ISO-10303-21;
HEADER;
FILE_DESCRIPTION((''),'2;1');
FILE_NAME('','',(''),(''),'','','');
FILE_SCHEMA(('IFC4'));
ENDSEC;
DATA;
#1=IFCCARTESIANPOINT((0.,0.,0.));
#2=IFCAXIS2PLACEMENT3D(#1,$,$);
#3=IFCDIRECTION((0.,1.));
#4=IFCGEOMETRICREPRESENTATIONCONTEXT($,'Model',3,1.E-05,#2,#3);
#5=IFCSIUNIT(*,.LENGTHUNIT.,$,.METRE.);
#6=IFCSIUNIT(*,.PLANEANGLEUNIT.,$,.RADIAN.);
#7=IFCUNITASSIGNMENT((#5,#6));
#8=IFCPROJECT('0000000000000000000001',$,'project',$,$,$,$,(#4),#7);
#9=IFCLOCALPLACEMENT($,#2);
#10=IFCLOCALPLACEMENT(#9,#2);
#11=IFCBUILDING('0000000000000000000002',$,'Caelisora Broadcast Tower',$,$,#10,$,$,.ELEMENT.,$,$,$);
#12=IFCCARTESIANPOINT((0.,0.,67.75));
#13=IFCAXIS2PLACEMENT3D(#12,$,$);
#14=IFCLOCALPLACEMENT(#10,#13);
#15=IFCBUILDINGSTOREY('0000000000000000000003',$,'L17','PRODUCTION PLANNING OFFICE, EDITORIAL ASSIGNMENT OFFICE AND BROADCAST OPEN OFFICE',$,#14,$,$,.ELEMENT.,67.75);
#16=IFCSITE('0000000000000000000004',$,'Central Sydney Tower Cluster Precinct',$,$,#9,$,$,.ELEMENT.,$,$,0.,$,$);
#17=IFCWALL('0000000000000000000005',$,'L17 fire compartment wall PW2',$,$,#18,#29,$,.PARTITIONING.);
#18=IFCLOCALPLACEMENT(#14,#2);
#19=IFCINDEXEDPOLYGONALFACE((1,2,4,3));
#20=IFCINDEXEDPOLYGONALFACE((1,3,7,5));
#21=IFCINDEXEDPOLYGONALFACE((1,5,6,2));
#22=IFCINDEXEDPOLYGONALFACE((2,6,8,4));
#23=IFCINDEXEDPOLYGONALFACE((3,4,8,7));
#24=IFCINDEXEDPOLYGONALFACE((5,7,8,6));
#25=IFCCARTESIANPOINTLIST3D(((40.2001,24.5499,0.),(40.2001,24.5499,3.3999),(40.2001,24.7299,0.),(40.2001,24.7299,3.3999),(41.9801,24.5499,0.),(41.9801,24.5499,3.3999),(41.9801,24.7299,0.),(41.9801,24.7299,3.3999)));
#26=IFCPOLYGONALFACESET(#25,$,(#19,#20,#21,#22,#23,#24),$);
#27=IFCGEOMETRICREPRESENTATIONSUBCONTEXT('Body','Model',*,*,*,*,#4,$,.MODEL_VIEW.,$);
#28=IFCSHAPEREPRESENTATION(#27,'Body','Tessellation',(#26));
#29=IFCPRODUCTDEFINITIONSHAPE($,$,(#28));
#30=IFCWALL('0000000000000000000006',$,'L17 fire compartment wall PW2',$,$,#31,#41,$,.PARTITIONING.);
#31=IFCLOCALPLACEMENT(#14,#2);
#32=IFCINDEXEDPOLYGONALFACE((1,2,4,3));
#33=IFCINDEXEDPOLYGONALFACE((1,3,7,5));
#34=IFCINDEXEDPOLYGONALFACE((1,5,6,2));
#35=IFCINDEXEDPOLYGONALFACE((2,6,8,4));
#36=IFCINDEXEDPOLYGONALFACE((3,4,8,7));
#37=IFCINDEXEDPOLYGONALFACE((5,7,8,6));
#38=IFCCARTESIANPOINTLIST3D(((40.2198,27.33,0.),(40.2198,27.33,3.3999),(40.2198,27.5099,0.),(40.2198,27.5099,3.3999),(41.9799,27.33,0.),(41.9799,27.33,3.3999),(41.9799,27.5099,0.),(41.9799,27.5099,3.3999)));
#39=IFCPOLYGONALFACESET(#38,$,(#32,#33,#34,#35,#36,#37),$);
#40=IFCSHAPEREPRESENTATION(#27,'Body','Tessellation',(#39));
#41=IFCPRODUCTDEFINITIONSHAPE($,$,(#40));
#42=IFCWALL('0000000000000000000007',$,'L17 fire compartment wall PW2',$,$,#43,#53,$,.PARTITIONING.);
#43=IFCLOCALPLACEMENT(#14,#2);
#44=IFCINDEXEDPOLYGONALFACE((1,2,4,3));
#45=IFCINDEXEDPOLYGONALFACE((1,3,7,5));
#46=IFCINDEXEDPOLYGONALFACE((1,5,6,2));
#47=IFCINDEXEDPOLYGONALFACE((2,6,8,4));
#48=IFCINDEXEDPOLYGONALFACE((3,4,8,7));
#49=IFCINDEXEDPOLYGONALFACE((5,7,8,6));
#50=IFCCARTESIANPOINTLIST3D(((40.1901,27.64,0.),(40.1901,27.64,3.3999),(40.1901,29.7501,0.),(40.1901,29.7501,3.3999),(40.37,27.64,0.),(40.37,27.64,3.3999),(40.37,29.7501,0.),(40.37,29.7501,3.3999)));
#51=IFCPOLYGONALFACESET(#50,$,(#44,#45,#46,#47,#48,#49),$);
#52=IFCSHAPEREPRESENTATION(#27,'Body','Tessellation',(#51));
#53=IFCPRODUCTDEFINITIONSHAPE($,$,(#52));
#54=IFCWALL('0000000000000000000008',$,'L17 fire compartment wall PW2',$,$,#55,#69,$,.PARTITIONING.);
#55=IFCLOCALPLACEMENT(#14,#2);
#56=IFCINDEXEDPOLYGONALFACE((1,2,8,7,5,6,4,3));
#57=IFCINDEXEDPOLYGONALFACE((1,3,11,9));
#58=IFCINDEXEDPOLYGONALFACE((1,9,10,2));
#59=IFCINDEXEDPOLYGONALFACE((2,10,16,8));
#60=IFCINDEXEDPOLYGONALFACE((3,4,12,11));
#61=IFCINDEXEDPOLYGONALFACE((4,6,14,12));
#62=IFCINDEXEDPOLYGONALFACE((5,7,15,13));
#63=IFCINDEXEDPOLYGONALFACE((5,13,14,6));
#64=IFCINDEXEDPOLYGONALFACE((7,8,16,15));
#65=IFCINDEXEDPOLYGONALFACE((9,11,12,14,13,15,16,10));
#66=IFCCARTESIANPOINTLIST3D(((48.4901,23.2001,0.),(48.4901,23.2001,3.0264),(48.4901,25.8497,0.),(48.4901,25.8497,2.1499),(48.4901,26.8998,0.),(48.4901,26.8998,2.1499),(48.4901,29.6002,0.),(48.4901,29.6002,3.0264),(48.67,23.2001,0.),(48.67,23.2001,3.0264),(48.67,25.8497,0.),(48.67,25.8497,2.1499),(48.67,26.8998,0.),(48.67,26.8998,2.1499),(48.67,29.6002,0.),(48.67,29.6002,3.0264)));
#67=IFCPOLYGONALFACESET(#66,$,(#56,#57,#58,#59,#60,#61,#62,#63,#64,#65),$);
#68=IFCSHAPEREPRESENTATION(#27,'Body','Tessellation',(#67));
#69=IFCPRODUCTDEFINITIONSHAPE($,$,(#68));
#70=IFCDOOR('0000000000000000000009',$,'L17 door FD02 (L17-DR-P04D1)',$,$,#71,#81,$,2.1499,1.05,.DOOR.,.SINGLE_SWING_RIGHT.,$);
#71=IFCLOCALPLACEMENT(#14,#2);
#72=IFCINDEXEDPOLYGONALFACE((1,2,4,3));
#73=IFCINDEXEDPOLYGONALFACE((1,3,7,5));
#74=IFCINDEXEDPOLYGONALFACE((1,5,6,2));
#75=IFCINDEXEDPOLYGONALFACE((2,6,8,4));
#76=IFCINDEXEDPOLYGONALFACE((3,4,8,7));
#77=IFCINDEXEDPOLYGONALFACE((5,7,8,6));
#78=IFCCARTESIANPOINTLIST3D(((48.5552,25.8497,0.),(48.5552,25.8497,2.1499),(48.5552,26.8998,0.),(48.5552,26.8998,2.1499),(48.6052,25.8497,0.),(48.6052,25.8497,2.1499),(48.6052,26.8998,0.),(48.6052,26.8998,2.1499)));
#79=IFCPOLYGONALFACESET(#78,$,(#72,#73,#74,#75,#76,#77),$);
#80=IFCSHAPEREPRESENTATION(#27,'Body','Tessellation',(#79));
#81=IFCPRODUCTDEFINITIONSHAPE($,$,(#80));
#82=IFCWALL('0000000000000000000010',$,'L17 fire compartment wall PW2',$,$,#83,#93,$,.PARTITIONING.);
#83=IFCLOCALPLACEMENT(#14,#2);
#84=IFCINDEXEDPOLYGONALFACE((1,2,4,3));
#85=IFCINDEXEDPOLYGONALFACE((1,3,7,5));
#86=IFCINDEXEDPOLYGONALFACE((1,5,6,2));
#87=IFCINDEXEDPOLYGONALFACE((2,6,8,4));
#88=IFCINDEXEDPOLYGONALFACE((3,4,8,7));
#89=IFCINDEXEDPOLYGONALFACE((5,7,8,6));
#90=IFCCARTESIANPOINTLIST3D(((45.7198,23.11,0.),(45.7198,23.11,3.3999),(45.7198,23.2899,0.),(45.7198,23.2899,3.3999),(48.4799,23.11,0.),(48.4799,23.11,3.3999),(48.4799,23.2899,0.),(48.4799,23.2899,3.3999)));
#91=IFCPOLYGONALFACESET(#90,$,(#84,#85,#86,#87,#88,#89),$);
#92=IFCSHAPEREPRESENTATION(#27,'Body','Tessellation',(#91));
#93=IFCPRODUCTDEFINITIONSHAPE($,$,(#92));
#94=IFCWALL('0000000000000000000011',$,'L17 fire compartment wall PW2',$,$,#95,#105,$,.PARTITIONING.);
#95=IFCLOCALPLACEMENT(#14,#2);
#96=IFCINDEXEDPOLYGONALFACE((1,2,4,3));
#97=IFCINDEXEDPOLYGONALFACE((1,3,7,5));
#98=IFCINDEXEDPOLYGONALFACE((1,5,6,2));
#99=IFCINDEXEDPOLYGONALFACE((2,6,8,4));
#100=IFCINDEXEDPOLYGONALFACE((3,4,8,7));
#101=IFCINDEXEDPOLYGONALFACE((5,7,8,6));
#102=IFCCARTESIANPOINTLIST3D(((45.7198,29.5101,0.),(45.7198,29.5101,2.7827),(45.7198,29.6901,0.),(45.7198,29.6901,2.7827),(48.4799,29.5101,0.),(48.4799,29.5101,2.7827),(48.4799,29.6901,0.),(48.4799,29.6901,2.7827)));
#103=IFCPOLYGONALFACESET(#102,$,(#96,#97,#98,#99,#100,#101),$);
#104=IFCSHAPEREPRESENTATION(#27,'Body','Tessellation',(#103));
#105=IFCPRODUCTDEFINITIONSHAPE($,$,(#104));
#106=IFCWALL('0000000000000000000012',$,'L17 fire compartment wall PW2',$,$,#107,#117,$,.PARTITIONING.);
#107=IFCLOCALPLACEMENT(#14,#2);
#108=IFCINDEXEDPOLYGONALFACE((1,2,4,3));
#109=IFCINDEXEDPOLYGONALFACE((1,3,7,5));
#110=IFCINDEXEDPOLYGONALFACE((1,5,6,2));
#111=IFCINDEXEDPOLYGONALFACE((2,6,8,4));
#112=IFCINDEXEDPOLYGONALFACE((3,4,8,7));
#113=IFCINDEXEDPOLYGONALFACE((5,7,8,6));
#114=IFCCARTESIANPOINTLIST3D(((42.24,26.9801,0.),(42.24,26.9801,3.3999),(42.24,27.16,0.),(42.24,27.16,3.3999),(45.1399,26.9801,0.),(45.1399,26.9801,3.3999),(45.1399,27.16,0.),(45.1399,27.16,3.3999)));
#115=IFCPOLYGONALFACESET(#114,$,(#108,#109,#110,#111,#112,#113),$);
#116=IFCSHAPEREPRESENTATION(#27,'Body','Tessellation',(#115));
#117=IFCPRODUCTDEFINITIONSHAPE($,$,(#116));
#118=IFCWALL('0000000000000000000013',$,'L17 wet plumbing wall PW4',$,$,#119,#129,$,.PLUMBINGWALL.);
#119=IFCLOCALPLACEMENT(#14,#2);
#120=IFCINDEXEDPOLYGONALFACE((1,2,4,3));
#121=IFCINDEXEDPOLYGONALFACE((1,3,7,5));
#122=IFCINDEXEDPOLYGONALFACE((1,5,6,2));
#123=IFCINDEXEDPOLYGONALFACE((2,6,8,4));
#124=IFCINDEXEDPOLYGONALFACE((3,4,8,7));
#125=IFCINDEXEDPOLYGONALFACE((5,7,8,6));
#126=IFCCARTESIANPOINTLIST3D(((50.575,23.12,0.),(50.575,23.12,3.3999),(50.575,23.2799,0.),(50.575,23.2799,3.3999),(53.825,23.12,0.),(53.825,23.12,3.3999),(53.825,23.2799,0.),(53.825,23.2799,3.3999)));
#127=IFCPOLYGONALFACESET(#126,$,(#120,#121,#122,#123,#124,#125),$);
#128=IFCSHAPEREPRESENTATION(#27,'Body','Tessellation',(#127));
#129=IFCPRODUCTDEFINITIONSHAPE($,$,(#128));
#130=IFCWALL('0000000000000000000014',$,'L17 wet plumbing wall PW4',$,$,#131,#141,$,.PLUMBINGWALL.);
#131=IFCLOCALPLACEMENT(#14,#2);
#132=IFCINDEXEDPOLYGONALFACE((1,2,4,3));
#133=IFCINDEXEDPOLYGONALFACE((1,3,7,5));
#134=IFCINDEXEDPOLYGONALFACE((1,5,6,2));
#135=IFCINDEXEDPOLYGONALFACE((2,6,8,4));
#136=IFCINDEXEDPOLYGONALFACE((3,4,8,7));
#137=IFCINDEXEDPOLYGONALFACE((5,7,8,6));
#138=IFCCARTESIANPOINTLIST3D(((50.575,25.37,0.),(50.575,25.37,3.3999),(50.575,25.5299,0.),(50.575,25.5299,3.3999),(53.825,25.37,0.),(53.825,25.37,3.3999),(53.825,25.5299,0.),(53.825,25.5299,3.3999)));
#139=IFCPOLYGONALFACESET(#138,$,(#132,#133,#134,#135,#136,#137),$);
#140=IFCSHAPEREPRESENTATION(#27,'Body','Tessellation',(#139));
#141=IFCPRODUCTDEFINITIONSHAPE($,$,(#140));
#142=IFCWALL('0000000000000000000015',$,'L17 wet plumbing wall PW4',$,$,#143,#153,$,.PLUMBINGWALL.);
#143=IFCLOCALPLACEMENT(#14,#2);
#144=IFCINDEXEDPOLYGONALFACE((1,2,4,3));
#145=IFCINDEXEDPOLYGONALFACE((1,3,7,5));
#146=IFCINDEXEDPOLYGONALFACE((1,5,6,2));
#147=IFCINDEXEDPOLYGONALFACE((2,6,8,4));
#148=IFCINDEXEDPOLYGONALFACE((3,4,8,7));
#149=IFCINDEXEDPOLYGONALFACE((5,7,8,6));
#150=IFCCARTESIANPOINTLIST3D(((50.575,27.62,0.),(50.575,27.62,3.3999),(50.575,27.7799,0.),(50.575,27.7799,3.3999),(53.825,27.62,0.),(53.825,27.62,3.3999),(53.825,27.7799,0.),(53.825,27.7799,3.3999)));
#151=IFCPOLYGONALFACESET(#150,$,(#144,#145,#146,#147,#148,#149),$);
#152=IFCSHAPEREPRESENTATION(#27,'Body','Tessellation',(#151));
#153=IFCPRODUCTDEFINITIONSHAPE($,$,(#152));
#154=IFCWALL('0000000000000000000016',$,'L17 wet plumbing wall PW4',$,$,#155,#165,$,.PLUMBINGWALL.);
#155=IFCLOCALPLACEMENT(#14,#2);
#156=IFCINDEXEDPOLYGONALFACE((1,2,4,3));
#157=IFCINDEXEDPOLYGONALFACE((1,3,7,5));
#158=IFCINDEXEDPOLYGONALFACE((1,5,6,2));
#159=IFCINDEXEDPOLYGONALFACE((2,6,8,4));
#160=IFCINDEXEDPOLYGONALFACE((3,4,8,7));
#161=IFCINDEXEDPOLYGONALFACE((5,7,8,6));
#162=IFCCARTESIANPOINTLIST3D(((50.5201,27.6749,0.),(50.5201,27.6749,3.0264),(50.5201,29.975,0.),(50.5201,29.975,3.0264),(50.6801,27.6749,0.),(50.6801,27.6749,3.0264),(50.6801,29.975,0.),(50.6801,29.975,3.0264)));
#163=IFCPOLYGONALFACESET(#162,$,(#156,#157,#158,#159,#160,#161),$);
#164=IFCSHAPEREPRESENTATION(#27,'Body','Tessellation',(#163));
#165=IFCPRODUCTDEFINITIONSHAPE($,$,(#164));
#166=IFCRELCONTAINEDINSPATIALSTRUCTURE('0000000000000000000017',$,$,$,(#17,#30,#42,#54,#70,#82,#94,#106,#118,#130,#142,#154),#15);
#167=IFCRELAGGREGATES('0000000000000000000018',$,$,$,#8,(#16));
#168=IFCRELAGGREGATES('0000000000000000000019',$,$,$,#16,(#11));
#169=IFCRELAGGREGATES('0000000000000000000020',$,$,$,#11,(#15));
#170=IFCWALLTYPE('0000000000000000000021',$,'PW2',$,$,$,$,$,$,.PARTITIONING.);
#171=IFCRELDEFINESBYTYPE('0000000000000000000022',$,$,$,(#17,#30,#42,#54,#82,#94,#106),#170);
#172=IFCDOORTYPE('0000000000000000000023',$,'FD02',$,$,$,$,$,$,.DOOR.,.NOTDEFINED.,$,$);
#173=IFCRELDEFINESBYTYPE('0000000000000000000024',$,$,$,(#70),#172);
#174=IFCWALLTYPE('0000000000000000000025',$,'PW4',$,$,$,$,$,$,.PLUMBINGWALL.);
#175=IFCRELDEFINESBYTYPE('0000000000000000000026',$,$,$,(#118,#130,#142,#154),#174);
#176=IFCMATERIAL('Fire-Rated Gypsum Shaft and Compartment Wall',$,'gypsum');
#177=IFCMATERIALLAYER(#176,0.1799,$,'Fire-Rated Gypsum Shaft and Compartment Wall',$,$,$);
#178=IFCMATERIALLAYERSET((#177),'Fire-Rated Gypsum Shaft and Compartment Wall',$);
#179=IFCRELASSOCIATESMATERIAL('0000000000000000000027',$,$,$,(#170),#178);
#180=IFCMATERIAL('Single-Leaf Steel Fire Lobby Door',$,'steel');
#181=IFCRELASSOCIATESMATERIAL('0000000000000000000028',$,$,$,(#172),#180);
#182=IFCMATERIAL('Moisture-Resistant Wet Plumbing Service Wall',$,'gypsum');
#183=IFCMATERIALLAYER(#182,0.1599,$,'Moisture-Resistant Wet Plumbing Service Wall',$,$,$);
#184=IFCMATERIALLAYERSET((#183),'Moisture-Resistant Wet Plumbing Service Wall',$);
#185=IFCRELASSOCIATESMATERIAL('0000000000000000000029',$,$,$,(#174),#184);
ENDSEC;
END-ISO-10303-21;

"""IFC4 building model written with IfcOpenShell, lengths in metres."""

from ifc_helpers import new_model, si_unit, direction, frame, frame_2d, origin, place, context, subcontext, project, spatial, rectangle, extrude, material, layer, layer_set, type_object, element, fill, save


model = new_model("IFC4")

# Units and contexts
model_context = context("Model", 3, precision=1e-05, world=origin(), true_north=direction((0.0, 1.0)))
body_context = subcontext(model_context, "Body", "Model", "MODEL_VIEW")
ifc_project = project(units=[si_unit("LENGTHUNIT", "METRE"), si_unit("PLANEANGLEUNIT", "RADIAN")], contexts=[model_context])

# Site, building, storey
site_placement = place(None, origin())
site = spatial("IfcSite", under=ifc_project, at=site_placement, Name="Central Sydney Tower Cluster Precinct", CompositionType="ELEMENT", RefElevation=0.0)
building_placement = place(site_placement, origin())
building = spatial("IfcBuilding", under=site, at=building_placement, Name="Caelisora Broadcast Tower", CompositionType="ELEMENT")
storey_placement = place(building_placement, frame((0.0, 0.0, 67.75)))
storey = spatial("IfcBuildingStorey", under=building, at=storey_placement, Name="L17", Description="PRODUCTION PLANNING OFFICE, EDITORIAL ASSIGNMENT OFFICE AND BROADCAST OPEN OFFICE", CompositionType="ELEMENT", Elevation=67.75)

# Walls
ifc_material_1 = material(Name="Fire-Rated Gypsum Shaft and Compartment Wall", Category="gypsum")
ifc_layer_1 = layer(ifc_material_1, 0.1799, Name="Fire-Rated Gypsum Shaft and Compartment Wall")
ifc_layer_set_1 = layer_set([ifc_layer_1], Name="Fire-Rated Gypsum Shaft and Compartment Wall")
wall_type_1 = type_object("IfcWallType", Name="PW2", PredefinedType="PARTITIONING", material=ifc_layer_set_1)
wall_1_placement = place(storey_placement, frame((40.2, 24.6399, 0.0), z_axis=(0.0, 0.0, 1.0), x_axis=(1.0, 0.0, 0.0)))
element("IfcWall", 1, at=wall_1_placement, inside=storey, type_object=wall_type_1, Name="L17 fire compartment wall PW2", PredefinedType="PARTITIONING", context=body_context, shape_type="SweptSolid", body=[
    extrude(rectangle(XDim=1.78, YDim=0.1799, at=frame_2d((0.8901, 0.0))), origin(), (0.0, 0.0, 1.0), 3.3999),
])
wall_2_placement = place(storey_placement, frame((40.22, 27.4199, 0.0), z_axis=(0.0, 0.0, 1.0), x_axis=(1.0, 0.0, 0.0)))
element("IfcWall", 2, at=wall_2_placement, inside=storey, type_object=wall_type_1, Name="L17 fire compartment wall PW2", PredefinedType="PARTITIONING", context=body_context, shape_type="SweptSolid", body=[
    extrude(rectangle(XDim=1.76, YDim=0.1799, at=frame_2d((0.8799, 0.0))), origin(), (0.0, 0.0, 1.0), 3.3999),
])
wall_3_placement = place(storey_placement, frame((40.28, 27.6399, 0.0), z_axis=(0.0, 0.0, 1.0), x_axis=(0.0, 1.0, 0.0)))
element("IfcWall", 3, at=wall_3_placement, inside=storey, type_object=wall_type_1, Name="L17 fire compartment wall PW2", PredefinedType="PARTITIONING", context=body_context, shape_type="SweptSolid", body=[
    extrude(rectangle(XDim=2.1101, YDim=0.1799, at=frame_2d((1.0552, 0.0))), origin(), (0.0, 0.0, 1.0), 3.3999),
])

# Wall, opening, door
wall_4_placement = place(storey_placement, frame((48.5801, 23.2, 0.0), z_axis=(0.0, 0.0, 1.0), x_axis=(0.0, 1.0, 0.0)))
wall_4 = element("IfcWall", 4, at=wall_4_placement, inside=storey, type_object=wall_type_1, Name="L17 fire compartment wall PW2", PredefinedType="PARTITIONING", context=body_context, shape_type="SweptSolid", body=[
    extrude(rectangle(XDim=6.4001, YDim=0.1799, at=frame_2d((3.2002, 0.0))), origin(), (0.0, 0.0, 1.0), 3.0264),
])
opening_1_placement = place(wall_4_placement, frame((2.6499, 0.0, 0.0)))
opening_1 = element("IfcOpeningElement", 5, at=opening_1_placement, cuts=wall_4, PredefinedType="OPENING", context=body_context, shape_type="SweptSolid", body=[
    extrude(rectangle(XDim=1.05, YDim=2.1499, at=frame_2d((0.5249, 1.075))), frame((0.0, 0.1021, 0.0), z_axis=(0.0, -1.0, 0.0), x_axis=(1.0, 0.0, 0.0)), (0.0, 0.0, 1.0), 0.2039),
])
ifc_material_2 = material(Name="Single-Leaf Steel Fire Lobby Door", Category="steel")
door_type_1 = type_object("IfcDoorType", Name="FD02", OperationType="NOTDEFINED", PredefinedType="DOOR", material=ifc_material_2)
door_1_placement = place(opening_1_placement, origin())
door_1 = element("IfcDoor", 6, at=door_1_placement, inside=storey, type_object=door_type_1, Name="L17 door FD02 (L17-DR-P04D1)", OperationType="SINGLE_SWING_RIGHT", OverallHeight=2.1499, OverallWidth=1.05, PredefinedType="DOOR", context=body_context, shape_type="SweptSolid", body=[
    extrude(rectangle(XDim=1.05, YDim=2.1499, at=frame_2d((0.5249, 1.075))), frame((0.0, 0.0249, 0.0), z_axis=(0.0, -1.0, 0.0), x_axis=(1.0, 0.0, 0.0)), (0.0, 0.0, 1.0), 0.05),
])
fill(opening_1, door_1)

# Walls
wall_5_placement = place(storey_placement, frame((45.72, 23.2, 0.0), z_axis=(0.0, 0.0, 1.0), x_axis=(1.0, 0.0, 0.0)))
element("IfcWall", 7, at=wall_5_placement, inside=storey, type_object=wall_type_1, Name="L17 fire compartment wall PW2", PredefinedType="PARTITIONING", context=body_context, shape_type="SweptSolid", body=[
    extrude(rectangle(XDim=2.76, YDim=0.1799, at=frame_2d((1.3799, 0.0))), origin(), (0.0, 0.0, 1.0), 3.3999),
])
wall_6_placement = place(storey_placement, frame((45.72, 29.6001, 0.0), z_axis=(0.0, 0.0, 1.0), x_axis=(1.0, 0.0, 0.0)))
element("IfcWall", 8, at=wall_6_placement, inside=storey, type_object=wall_type_1, Name="L17 fire compartment wall PW2", PredefinedType="PARTITIONING", context=body_context, shape_type="SweptSolid", body=[
    extrude(rectangle(XDim=2.76, YDim=0.1799, at=frame_2d((1.3799, 0.0))), origin(), (0.0, 0.0, 1.0), 2.7827),
])
wall_7_placement = place(storey_placement, frame((42.24, 27.0701, 0.0), z_axis=(0.0, 0.0, 1.0), x_axis=(1.0, 0.0, 0.0)))
element("IfcWall", 9, at=wall_7_placement, inside=storey, type_object=wall_type_1, Name="L17 fire compartment wall PW2", PredefinedType="PARTITIONING", context=body_context, shape_type="SweptSolid", body=[
    extrude(rectangle(XDim=2.8999, YDim=0.1799, at=frame_2d((1.45, 0.0))), origin(), (0.0, 0.0, 1.0), 3.3999),
])
ifc_material_3 = material(Name="Moisture-Resistant Wet Plumbing Service Wall", Category="gypsum")
ifc_layer_2 = layer(ifc_material_3, 0.1599, Name="Moisture-Resistant Wet Plumbing Service Wall")
ifc_layer_set_2 = layer_set([ifc_layer_2], Name="Moisture-Resistant Wet Plumbing Service Wall")
wall_type_2 = type_object("IfcWallType", Name="PW4", PredefinedType="PLUMBINGWALL", material=ifc_layer_set_2)
for number, where, z_axis, x_axis, name in (
    (10, (50.575, 23.2, 0.0), (0.0, 0.0, 1.0), (1.0, 0.0, 0.0), "L17 wet plumbing wall PW4"),
    (11, (50.575, 25.45, 0.0), (0.0, 0.0, 1.0), (1.0, 0.0, 0.0), "L17 wet plumbing wall PW4"),
    (12, (50.575, 27.7, 0.0), (0.0, 0.0, 1.0), (1.0, 0.0, 0.0), "L17 wet plumbing wall PW4"),
):
    element("IfcWall", number, at=place(storey_placement, frame(where, z_axis=z_axis, x_axis=x_axis)), inside=storey, type_object=wall_type_2, Name=name, PredefinedType="PLUMBINGWALL", context=body_context, shape_type="SweptSolid", body=[
        extrude(rectangle(XDim=3.25, YDim=0.1599, at=frame_2d((1.625, 0.0))), origin(), (0.0, 0.0, 1.0), 3.3999),
    ])
wall_8_placement = place(storey_placement, frame((50.6001, 27.675, 0.0), z_axis=(0.0, 0.0, 1.0), x_axis=(0.0, 1.0, 0.0)))
element("IfcWall", 13, at=wall_8_placement, inside=storey, type_object=wall_type_2, Name="L17 wet plumbing wall PW4", PredefinedType="PLUMBINGWALL", context=body_context, shape_type="SweptSolid", body=[
    extrude(rectangle(XDim=2.3, YDim=0.1599, at=frame_2d((1.1499, 0.0))), origin(), (0.0, 0.0, 1.0), 3.0264),
])

save(model, "model.ifc")
